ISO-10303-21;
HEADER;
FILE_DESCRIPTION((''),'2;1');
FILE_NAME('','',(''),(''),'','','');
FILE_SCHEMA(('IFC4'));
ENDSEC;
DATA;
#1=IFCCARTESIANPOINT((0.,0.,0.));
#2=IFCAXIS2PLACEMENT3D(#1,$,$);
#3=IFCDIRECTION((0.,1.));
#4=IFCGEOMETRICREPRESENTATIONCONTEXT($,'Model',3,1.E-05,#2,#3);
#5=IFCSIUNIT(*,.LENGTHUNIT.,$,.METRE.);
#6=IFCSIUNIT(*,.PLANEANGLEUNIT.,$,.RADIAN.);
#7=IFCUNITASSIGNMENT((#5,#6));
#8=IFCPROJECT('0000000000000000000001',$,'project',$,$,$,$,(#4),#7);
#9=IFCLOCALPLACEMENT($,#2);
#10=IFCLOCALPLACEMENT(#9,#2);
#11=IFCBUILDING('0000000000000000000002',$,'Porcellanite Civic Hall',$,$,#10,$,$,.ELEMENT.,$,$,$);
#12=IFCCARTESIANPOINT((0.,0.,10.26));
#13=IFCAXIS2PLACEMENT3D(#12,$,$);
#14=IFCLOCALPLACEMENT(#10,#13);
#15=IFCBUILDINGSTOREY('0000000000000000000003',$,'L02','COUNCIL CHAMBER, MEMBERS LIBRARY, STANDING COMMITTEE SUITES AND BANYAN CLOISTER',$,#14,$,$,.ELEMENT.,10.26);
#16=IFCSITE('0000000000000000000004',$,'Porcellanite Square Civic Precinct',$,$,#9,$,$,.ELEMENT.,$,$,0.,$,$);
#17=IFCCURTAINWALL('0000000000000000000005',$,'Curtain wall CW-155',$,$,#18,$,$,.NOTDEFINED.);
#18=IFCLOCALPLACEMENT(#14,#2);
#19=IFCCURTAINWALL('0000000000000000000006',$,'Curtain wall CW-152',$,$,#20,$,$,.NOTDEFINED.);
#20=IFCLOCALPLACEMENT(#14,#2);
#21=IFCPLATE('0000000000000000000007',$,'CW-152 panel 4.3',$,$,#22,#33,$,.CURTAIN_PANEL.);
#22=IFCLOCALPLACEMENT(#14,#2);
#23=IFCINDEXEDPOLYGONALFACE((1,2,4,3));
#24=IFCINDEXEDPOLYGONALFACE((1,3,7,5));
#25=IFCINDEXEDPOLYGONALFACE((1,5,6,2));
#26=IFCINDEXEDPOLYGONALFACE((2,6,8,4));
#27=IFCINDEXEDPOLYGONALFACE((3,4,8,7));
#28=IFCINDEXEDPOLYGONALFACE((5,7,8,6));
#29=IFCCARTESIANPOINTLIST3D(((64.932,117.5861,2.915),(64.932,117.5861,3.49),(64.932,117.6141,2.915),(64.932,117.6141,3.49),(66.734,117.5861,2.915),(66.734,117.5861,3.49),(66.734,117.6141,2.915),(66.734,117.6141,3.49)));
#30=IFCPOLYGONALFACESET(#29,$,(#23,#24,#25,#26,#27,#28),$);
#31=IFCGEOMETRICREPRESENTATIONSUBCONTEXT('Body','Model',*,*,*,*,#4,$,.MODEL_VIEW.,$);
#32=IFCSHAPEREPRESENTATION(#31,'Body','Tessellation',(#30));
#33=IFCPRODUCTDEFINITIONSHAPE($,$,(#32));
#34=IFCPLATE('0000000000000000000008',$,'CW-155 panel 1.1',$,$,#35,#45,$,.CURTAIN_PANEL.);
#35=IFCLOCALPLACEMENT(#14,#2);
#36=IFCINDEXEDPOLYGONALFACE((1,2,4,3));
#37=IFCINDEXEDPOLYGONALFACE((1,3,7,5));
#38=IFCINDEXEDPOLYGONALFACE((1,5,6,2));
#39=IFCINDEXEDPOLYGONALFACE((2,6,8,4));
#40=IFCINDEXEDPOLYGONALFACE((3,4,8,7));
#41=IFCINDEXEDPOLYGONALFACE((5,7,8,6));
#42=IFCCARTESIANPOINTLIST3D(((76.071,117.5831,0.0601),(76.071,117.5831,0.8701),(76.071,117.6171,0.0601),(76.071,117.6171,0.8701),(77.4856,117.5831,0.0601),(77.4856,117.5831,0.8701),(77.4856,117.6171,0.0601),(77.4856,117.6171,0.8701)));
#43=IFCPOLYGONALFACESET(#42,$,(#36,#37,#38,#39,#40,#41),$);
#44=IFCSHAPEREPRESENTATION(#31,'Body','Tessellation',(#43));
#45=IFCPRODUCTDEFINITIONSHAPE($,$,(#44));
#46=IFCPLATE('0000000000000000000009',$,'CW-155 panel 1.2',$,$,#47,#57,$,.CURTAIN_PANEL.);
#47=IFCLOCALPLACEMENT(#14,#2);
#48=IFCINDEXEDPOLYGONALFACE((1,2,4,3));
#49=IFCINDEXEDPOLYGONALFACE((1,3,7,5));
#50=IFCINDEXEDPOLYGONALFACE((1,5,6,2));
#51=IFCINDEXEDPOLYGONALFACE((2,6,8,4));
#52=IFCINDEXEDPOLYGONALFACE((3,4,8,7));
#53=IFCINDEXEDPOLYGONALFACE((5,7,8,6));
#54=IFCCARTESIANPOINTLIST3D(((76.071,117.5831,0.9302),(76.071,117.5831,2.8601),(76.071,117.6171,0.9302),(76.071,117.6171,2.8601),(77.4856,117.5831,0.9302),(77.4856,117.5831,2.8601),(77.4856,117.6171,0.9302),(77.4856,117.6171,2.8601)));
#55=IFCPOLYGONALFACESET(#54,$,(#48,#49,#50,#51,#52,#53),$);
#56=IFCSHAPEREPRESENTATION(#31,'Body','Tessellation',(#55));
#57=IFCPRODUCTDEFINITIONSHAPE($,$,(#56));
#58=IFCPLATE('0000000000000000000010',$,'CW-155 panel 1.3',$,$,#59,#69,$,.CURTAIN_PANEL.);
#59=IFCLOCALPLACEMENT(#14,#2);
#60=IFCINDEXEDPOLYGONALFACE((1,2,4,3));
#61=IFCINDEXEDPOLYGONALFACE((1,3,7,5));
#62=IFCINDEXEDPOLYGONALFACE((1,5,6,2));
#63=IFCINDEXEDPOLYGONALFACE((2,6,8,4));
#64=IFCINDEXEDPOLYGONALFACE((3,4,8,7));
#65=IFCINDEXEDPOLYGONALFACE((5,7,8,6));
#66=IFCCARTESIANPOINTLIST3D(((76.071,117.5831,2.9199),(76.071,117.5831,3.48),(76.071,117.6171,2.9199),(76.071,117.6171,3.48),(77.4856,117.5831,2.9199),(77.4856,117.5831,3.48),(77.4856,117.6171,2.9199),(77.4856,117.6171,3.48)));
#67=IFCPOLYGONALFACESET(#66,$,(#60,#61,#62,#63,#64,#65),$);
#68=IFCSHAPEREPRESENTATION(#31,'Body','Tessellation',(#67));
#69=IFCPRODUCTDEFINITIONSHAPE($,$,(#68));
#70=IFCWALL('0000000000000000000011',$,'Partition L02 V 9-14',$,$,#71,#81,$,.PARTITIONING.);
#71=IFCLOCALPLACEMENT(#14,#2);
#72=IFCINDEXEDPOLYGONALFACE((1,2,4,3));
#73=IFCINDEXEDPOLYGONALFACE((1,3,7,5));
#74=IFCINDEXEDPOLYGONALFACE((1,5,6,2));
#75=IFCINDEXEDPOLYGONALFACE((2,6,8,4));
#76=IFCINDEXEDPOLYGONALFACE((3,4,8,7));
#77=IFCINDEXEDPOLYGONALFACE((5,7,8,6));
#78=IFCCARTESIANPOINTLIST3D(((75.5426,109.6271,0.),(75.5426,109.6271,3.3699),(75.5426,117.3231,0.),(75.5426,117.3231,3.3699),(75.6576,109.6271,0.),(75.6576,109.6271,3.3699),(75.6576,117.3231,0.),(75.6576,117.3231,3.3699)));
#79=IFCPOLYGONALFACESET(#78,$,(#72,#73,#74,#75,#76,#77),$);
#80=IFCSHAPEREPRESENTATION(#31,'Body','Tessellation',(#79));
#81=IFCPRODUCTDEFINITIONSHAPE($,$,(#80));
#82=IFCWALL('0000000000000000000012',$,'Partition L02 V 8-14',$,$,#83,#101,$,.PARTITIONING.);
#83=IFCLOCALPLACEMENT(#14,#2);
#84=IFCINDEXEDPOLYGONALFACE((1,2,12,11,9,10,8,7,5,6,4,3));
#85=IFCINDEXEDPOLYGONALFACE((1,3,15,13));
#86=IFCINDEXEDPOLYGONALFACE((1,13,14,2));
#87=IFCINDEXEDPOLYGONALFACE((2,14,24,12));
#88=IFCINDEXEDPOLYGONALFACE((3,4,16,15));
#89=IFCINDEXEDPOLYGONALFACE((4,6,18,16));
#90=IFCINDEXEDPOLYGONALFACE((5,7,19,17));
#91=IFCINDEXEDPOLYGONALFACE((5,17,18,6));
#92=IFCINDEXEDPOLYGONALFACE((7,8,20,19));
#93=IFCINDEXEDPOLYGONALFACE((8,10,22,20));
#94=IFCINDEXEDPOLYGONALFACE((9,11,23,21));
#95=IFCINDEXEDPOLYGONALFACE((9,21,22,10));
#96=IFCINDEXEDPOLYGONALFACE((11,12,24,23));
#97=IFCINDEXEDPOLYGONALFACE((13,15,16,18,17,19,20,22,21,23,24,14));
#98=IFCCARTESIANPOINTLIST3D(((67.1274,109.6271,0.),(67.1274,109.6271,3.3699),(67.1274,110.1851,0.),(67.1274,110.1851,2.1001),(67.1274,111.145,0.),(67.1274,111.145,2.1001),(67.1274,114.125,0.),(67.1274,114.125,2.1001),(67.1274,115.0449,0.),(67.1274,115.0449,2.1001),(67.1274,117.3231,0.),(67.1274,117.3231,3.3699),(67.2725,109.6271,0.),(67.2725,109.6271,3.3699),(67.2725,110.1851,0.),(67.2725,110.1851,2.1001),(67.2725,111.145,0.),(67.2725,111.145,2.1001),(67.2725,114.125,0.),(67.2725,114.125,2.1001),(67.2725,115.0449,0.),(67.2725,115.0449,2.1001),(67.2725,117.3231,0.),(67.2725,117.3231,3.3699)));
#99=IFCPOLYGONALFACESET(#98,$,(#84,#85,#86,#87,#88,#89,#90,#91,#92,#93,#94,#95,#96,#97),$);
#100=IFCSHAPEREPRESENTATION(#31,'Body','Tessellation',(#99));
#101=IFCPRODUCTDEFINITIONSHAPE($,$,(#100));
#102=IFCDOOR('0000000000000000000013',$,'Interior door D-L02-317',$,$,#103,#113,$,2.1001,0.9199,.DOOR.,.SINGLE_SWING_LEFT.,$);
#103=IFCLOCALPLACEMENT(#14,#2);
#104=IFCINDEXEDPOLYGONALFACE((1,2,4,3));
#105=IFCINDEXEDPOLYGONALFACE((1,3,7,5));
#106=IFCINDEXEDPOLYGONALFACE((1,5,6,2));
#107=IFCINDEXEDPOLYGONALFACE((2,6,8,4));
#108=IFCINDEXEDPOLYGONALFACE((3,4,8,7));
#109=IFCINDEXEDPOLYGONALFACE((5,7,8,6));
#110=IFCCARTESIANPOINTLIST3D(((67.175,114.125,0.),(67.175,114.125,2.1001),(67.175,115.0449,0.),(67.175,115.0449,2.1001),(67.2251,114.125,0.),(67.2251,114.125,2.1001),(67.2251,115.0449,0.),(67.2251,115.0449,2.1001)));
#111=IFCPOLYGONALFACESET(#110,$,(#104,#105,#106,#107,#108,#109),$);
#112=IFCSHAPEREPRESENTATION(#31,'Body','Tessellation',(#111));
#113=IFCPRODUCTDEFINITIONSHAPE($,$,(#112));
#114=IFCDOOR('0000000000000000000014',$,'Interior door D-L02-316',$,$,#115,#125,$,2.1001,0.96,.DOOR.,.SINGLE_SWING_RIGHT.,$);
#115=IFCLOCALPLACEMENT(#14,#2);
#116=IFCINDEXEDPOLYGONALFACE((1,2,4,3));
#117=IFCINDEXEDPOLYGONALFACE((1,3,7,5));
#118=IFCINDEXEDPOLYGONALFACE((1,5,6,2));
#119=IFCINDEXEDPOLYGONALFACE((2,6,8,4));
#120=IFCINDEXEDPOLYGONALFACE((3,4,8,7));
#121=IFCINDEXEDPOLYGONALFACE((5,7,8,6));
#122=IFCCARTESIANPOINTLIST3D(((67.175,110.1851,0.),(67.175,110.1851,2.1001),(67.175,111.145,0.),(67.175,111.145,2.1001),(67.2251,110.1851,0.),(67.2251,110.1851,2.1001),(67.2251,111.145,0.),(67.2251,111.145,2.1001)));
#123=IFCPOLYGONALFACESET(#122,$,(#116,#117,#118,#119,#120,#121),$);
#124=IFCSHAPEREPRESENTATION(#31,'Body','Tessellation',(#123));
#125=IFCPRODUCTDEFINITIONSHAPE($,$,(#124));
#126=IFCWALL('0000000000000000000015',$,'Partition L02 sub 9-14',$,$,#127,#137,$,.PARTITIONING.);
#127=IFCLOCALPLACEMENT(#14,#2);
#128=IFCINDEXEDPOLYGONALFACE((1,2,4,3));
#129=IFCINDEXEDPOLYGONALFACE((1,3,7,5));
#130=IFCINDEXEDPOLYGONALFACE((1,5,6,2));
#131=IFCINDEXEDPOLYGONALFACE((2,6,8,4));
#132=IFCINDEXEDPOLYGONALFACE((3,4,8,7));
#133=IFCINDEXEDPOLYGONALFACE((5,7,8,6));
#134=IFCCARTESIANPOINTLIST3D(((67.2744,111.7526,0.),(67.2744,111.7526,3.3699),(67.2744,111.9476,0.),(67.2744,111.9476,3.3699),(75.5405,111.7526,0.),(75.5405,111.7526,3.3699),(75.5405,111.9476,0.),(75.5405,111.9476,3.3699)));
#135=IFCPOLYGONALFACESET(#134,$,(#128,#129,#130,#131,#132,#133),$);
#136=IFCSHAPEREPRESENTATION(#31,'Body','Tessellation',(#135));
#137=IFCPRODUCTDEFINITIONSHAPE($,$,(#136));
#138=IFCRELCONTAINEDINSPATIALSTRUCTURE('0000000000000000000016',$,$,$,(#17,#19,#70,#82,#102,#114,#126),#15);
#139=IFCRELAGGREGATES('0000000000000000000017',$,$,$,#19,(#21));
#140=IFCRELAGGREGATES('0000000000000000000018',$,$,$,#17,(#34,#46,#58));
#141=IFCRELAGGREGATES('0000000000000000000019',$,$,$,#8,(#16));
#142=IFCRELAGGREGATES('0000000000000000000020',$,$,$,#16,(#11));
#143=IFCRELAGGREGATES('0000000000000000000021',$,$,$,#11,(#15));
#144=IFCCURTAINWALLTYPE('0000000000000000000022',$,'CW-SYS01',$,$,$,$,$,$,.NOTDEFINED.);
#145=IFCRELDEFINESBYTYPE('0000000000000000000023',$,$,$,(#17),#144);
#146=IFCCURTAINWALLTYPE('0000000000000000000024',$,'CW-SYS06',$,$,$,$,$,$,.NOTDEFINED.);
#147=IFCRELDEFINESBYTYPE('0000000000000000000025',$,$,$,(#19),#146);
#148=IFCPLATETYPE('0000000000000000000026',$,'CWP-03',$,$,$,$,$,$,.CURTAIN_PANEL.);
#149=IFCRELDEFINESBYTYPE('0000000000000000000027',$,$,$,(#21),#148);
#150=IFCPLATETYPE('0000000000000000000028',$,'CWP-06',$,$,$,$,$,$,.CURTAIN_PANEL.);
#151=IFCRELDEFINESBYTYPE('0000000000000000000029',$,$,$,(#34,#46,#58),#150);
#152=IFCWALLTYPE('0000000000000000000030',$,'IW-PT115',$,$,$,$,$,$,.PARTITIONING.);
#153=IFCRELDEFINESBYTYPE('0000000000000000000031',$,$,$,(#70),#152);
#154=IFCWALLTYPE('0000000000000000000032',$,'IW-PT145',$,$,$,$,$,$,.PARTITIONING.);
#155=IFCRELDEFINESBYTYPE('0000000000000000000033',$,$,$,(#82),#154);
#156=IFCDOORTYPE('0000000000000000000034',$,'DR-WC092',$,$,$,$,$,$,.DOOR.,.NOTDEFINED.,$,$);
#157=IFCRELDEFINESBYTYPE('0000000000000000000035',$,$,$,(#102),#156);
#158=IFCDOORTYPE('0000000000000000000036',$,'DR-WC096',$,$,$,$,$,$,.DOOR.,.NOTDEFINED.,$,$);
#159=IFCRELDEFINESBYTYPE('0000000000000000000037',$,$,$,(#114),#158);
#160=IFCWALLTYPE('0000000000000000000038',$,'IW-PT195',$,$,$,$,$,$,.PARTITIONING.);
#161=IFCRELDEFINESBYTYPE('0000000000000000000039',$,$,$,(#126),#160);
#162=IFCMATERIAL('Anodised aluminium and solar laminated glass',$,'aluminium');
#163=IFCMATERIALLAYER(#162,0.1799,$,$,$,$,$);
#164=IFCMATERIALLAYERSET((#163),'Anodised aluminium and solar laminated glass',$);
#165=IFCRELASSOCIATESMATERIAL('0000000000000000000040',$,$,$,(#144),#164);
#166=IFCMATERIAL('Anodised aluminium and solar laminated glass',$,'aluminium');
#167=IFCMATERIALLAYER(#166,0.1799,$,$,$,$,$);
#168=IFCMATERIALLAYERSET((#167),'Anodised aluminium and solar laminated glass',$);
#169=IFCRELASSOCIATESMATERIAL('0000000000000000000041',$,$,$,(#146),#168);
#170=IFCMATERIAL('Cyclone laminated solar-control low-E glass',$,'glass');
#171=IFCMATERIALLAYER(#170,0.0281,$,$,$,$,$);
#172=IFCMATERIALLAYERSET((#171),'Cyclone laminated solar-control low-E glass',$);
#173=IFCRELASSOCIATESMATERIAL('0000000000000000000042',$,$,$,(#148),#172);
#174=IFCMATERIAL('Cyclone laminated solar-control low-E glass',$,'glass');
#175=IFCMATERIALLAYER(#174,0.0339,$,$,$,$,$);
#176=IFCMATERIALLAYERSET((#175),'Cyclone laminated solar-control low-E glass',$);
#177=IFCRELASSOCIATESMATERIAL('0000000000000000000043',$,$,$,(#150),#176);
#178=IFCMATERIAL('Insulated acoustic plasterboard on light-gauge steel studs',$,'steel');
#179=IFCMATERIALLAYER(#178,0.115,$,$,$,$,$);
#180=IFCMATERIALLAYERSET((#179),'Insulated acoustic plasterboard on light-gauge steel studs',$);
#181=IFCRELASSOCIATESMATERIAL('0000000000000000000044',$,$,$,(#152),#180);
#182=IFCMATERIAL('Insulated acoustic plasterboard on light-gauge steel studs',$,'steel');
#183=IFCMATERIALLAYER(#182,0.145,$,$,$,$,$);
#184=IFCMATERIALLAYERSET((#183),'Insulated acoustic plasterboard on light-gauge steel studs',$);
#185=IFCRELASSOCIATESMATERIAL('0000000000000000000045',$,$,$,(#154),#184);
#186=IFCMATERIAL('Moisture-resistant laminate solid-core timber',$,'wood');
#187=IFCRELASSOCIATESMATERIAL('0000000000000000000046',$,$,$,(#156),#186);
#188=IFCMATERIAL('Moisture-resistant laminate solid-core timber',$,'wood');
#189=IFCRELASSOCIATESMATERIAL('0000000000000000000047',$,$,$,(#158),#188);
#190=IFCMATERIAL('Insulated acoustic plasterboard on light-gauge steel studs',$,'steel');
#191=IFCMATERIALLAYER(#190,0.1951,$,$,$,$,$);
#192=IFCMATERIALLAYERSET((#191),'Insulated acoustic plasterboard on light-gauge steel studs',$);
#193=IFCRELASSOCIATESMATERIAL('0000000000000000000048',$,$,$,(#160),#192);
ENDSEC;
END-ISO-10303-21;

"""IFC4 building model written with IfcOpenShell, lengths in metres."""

from ifc_helpers import new_model, si_unit, direction, frame, frame_2d, origin, origin_2d, place, context, subcontext, project, spatial, rectangle, extrude, material, layer, layer_set, type_object, element, fill, aggregate, save


model = new_model("IFC4")

# Units and contexts
model_context = context("Model", 3, precision=1e-05, world=origin(), true_north=direction((0.0, 1.0)))
body_context = subcontext(model_context, "Body", "Model", "MODEL_VIEW")
ifc_project = project(units=[si_unit("LENGTHUNIT", "METRE"), si_unit("PLANEANGLEUNIT", "RADIAN")], contexts=[model_context])

# Site, building, storey
site_placement = place(None, origin())
site = spatial("IfcSite", under=ifc_project, at=site_placement, Name="Porcellanite Square Civic Precinct", CompositionType="ELEMENT", RefElevation=0.0)
building_placement = place(site_placement, origin())
building = spatial("IfcBuilding", under=site, at=building_placement, Name="Porcellanite Civic Hall", CompositionType="ELEMENT")
storey_placement = place(building_placement, frame((0.0, 0.0, 10.26)))
storey = spatial("IfcBuildingStorey", under=building, at=storey_placement, Name="L02", Description="COUNCIL CHAMBER, MEMBERS LIBRARY, STANDING COMMITTEE SUITES AND BANYAN CLOISTER", CompositionType="ELEMENT", Elevation=10.26)

# Curtain wall
ifc_material_1 = material(Name="Anodised aluminium and solar laminated glass", Category="aluminium")
ifc_layer_1 = layer(ifc_material_1, 0.1799)
ifc_layer_set_1 = layer_set([ifc_layer_1], Name="Anodised aluminium and solar laminated glass")
curtain_wall_type_1 = type_object("IfcCurtainWallType", Name="CW-SYS01", PredefinedType="NOTDEFINED", material=ifc_layer_set_1)
curtain_wall_1_placement = place(storey_placement, origin())
curtain_wall_1 = element("IfcCurtainWall", 1, at=curtain_wall_1_placement, inside=storey, type_object=curtain_wall_type_1, Name="Curtain wall CW-155", PredefinedType="NOTDEFINED")

# Curtain wall
ifc_material_2 = material(Name="Anodised aluminium and solar laminated glass", Category="aluminium")
ifc_layer_2 = layer(ifc_material_2, 0.1799)
ifc_layer_set_2 = layer_set([ifc_layer_2], Name="Anodised aluminium and solar laminated glass")
curtain_wall_type_2 = type_object("IfcCurtainWallType", Name="CW-SYS06", PredefinedType="NOTDEFINED", material=ifc_layer_set_2)
curtain_wall_2_placement = place(storey_placement, origin())
curtain_wall_2 = element("IfcCurtainWall", 2, at=curtain_wall_2_placement, inside=storey, type_object=curtain_wall_type_2, Name="Curtain wall CW-152", PredefinedType="NOTDEFINED")

# Plates
ifc_material_3 = material(Name="Cyclone laminated solar-control low-E glass", Category="glass")
ifc_layer_3 = layer(ifc_material_3, 0.0281)
ifc_layer_set_3 = layer_set([ifc_layer_3], Name="Cyclone laminated solar-control low-E glass")
plate_type_1 = type_object("IfcPlateType", Name="CWP-03", PredefinedType="CURTAIN_PANEL", material=ifc_layer_set_3)
plate_1_placement = place(storey_placement, frame((65.833, 117.6001, 2.915), z_axis=(0.0, 0.0, 1.0), x_axis=(1.0, 0.0, 0.0)))
plate_1 = element("IfcPlate", 3, at=plate_1_placement, type_object=plate_type_1, Name="CW-152 panel 4.3", PredefinedType="CURTAIN_PANEL", context=body_context, shape_type="SweptSolid", body=[
    extrude(rectangle(XDim=1.802, YDim=0.0281, at=origin_2d()), origin(), (0.0, 0.0, 1.0), 0.575),
])
aggregate(curtain_wall_2, [plate_1])
ifc_material_4 = material(Name="Cyclone laminated solar-control low-E glass", Category="glass")
ifc_layer_4 = layer(ifc_material_4, 0.0339)
ifc_layer_set_4 = layer_set([ifc_layer_4], Name="Cyclone laminated solar-control low-E glass")
plate_type_2 = type_object("IfcPlateType", Name="CWP-06", PredefinedType="CURTAIN_PANEL", material=ifc_layer_set_4)
plate_2_placement = place(storey_placement, frame((76.7783, 117.6001, 0.0601), z_axis=(0.0, 0.0, 1.0), x_axis=(1.0, 0.0, 0.0)))
plate_2 = element("IfcPlate", 4, at=plate_2_placement, type_object=plate_type_2, Name="CW-155 panel 1.1", PredefinedType="CURTAIN_PANEL", context=body_context, shape_type="SweptSolid", body=[
    extrude(rectangle(XDim=1.4146, YDim=0.0339, at=origin_2d()), origin(), (0.0, 0.0, 1.0), 0.8101),
])
plate_3_placement = place(storey_placement, frame((76.7783, 117.6001, 0.9302), z_axis=(0.0, 0.0, 1.0), x_axis=(1.0, 0.0, 0.0)))
plate_3 = element("IfcPlate", 5, at=plate_3_placement, type_object=plate_type_2, Name="CW-155 panel 1.2", PredefinedType="CURTAIN_PANEL", context=body_context, shape_type="SweptSolid", body=[
    extrude(rectangle(XDim=1.4146, YDim=0.0339, at=origin_2d()), origin(), (0.0, 0.0, 1.0), 1.9299),
])
plate_4_placement = place(storey_placement, frame((76.7783, 117.6001, 2.9199), z_axis=(0.0, 0.0, 1.0), x_axis=(1.0, 0.0, 0.0)))
plate_4 = element("IfcPlate", 6, at=plate_4_placement, type_object=plate_type_2, Name="CW-155 panel 1.3", PredefinedType="CURTAIN_PANEL", context=body_context, shape_type="SweptSolid", body=[
    extrude(rectangle(XDim=1.4146, YDim=0.0339, at=origin_2d()), origin(), (0.0, 0.0, 1.0), 0.5601),
])
aggregate(curtain_wall_1, [plate_2, plate_3, plate_4])

# Wall
ifc_material_5 = material(Name="Insulated acoustic plasterboard on light-gauge steel studs", Category="steel")
ifc_layer_5 = layer(ifc_material_5, 0.115)
ifc_layer_set_5 = layer_set([ifc_layer_5], Name="Insulated acoustic plasterboard on light-gauge steel studs")
wall_type_1 = type_object("IfcWallType", Name="IW-PT115", PredefinedType="PARTITIONING", material=ifc_layer_set_5)
wall_1_placement = place(storey_placement, frame((75.6001, 109.627, 0.0), z_axis=(0.0, 0.0, 1.0), x_axis=(0.0, 1.0, 0.0)))
element("IfcWall", 7, at=wall_1_placement, inside=storey, type_object=wall_type_1, Name="Partition L02 V 9-14", PredefinedType="PARTITIONING", context=body_context, shape_type="SweptSolid", body=[
    extrude(rectangle(XDim=7.696, YDim=0.115, at=frame_2d((3.8481, 0.0))), origin(), (0.0, 0.0, 1.0), 3.3699),
])

# Wall, openings, doors
ifc_material_6 = material(Name="Insulated acoustic plasterboard on light-gauge steel studs", Category="steel")
ifc_layer_6 = layer(ifc_material_6, 0.145)
ifc_layer_set_6 = layer_set([ifc_layer_6], Name="Insulated acoustic plasterboard on light-gauge steel studs")
wall_type_2 = type_object("IfcWallType", Name="IW-PT145", PredefinedType="PARTITIONING", material=ifc_layer_set_6)
wall_2_placement = place(storey_placement, frame((67.2, 109.627, 0.0), z_axis=(0.0, 0.0, 1.0), x_axis=(0.0, 1.0, 0.0)))
wall_2 = element("IfcWall", 8, at=wall_2_placement, inside=storey, type_object=wall_type_2, Name="Partition L02 V 8-14", PredefinedType="PARTITIONING", context=body_context, shape_type="SweptSolid", body=[
    extrude(rectangle(XDim=7.696, YDim=0.145, at=frame_2d((3.8481, 0.0))), origin(), (0.0, 0.0, 1.0), 3.3699),
])
opening_1_placement = place(wall_2_placement, frame((0.5581, 0.0, 0.0)))
opening_1 = element("IfcOpeningElement", 9, at=opening_1_placement, cuts=wall_2, PredefinedType="OPENING", context=body_context, shape_type="SweptSolid", body=[
    extrude(rectangle(XDim=0.96, YDim=2.1001, at=frame_2d((0.48, 1.05))), frame((0.0, 0.0725, 0.0), z_axis=(0.0, -1.0, 0.0), x_axis=(1.0, 0.0, 0.0)), (0.0, 0.0, 1.0), 0.145),
])
opening_2_placement = place(wall_2_placement, frame((4.498, 0.0, 0.0)))
opening_2 = element("IfcOpeningElement", 10, at=opening_2_placement, cuts=wall_2, PredefinedType="OPENING", context=body_context, shape_type="SweptSolid", body=[
    extrude(rectangle(XDim=0.9199, YDim=2.1001, at=frame_2d((0.46, 1.05))), frame((0.0, 0.0725, 0.0), z_axis=(0.0, -1.0, 0.0), x_axis=(1.0, 0.0, 0.0)), (0.0, 0.0, 1.0), 0.145),
])
ifc_material_7 = material(Name="Moisture-resistant laminate solid-core timber", Category="wood")
door_type_1 = type_object("IfcDoorType", Name="DR-WC092", OperationType="NOTDEFINED", PredefinedType="DOOR", material=ifc_material_7)
door_1_placement = place(opening_2_placement, origin())
door_1 = element("IfcDoor", 11, at=door_1_placement, inside=storey, type_object=door_type_1, Name="Interior door D-L02-317", OperationType="SINGLE_SWING_LEFT", OverallHeight=2.1001, OverallWidth=0.9199, PredefinedType="DOOR", context=body_context, shape_type="SweptSolid", body=[
    extrude(rectangle(XDim=0.9199, YDim=2.1001, at=frame_2d((0.46, 1.05))), frame((0.0, 0.0249, 0.0), z_axis=(0.0, -1.0, 0.0), x_axis=(1.0, 0.0, 0.0)), (0.0, 0.0, 1.0), 0.05),
])
fill(opening_2, door_1)
ifc_material_8 = material(Name="Moisture-resistant laminate solid-core timber", Category="wood")
door_type_2 = type_object("IfcDoorType", Name="DR-WC096", OperationType="NOTDEFINED", PredefinedType="DOOR", material=ifc_material_8)
door_2_placement = place(opening_1_placement, origin())
door_2 = element("IfcDoor", 12, at=door_2_placement, inside=storey, type_object=door_type_2, Name="Interior door D-L02-316", OperationType="SINGLE_SWING_RIGHT", OverallHeight=2.1001, OverallWidth=0.96, PredefinedType="DOOR", context=body_context, shape_type="SweptSolid", body=[
    extrude(rectangle(XDim=0.96, YDim=2.1001, at=frame_2d((0.48, 1.05))), frame((0.0, 0.0249, 0.0), z_axis=(0.0, -1.0, 0.0), x_axis=(1.0, 0.0, 0.0)), (0.0, 0.0, 1.0), 0.05),
])
fill(opening_1, door_2)

# Wall
ifc_material_9 = material(Name="Insulated acoustic plasterboard on light-gauge steel studs", Category="steel")
ifc_layer_7 = layer(ifc_material_9, 0.1951)
ifc_layer_set_7 = layer_set([ifc_layer_7], Name="Insulated acoustic plasterboard on light-gauge steel studs")
wall_type_3 = type_object("IfcWallType", Name="IW-PT195", PredefinedType="PARTITIONING", material=ifc_layer_set_7)
wall_3_placement = place(storey_placement, frame((67.2744, 111.8501, 0.0), z_axis=(0.0, 0.0, 1.0), x_axis=(1.0, 0.0, 0.0)))
element("IfcWall", 13, at=wall_3_placement, inside=storey, type_object=wall_type_3, Name="Partition L02 sub 9-14", PredefinedType="PARTITIONING", context=body_context, shape_type="SweptSolid", body=[
    extrude(rectangle(XDim=8.2661, YDim=0.1951, at=frame_2d((4.1331, 0.0))), origin(), (0.0, 0.0, 1.0), 3.3699),
])

save(model, "model.ifc")
